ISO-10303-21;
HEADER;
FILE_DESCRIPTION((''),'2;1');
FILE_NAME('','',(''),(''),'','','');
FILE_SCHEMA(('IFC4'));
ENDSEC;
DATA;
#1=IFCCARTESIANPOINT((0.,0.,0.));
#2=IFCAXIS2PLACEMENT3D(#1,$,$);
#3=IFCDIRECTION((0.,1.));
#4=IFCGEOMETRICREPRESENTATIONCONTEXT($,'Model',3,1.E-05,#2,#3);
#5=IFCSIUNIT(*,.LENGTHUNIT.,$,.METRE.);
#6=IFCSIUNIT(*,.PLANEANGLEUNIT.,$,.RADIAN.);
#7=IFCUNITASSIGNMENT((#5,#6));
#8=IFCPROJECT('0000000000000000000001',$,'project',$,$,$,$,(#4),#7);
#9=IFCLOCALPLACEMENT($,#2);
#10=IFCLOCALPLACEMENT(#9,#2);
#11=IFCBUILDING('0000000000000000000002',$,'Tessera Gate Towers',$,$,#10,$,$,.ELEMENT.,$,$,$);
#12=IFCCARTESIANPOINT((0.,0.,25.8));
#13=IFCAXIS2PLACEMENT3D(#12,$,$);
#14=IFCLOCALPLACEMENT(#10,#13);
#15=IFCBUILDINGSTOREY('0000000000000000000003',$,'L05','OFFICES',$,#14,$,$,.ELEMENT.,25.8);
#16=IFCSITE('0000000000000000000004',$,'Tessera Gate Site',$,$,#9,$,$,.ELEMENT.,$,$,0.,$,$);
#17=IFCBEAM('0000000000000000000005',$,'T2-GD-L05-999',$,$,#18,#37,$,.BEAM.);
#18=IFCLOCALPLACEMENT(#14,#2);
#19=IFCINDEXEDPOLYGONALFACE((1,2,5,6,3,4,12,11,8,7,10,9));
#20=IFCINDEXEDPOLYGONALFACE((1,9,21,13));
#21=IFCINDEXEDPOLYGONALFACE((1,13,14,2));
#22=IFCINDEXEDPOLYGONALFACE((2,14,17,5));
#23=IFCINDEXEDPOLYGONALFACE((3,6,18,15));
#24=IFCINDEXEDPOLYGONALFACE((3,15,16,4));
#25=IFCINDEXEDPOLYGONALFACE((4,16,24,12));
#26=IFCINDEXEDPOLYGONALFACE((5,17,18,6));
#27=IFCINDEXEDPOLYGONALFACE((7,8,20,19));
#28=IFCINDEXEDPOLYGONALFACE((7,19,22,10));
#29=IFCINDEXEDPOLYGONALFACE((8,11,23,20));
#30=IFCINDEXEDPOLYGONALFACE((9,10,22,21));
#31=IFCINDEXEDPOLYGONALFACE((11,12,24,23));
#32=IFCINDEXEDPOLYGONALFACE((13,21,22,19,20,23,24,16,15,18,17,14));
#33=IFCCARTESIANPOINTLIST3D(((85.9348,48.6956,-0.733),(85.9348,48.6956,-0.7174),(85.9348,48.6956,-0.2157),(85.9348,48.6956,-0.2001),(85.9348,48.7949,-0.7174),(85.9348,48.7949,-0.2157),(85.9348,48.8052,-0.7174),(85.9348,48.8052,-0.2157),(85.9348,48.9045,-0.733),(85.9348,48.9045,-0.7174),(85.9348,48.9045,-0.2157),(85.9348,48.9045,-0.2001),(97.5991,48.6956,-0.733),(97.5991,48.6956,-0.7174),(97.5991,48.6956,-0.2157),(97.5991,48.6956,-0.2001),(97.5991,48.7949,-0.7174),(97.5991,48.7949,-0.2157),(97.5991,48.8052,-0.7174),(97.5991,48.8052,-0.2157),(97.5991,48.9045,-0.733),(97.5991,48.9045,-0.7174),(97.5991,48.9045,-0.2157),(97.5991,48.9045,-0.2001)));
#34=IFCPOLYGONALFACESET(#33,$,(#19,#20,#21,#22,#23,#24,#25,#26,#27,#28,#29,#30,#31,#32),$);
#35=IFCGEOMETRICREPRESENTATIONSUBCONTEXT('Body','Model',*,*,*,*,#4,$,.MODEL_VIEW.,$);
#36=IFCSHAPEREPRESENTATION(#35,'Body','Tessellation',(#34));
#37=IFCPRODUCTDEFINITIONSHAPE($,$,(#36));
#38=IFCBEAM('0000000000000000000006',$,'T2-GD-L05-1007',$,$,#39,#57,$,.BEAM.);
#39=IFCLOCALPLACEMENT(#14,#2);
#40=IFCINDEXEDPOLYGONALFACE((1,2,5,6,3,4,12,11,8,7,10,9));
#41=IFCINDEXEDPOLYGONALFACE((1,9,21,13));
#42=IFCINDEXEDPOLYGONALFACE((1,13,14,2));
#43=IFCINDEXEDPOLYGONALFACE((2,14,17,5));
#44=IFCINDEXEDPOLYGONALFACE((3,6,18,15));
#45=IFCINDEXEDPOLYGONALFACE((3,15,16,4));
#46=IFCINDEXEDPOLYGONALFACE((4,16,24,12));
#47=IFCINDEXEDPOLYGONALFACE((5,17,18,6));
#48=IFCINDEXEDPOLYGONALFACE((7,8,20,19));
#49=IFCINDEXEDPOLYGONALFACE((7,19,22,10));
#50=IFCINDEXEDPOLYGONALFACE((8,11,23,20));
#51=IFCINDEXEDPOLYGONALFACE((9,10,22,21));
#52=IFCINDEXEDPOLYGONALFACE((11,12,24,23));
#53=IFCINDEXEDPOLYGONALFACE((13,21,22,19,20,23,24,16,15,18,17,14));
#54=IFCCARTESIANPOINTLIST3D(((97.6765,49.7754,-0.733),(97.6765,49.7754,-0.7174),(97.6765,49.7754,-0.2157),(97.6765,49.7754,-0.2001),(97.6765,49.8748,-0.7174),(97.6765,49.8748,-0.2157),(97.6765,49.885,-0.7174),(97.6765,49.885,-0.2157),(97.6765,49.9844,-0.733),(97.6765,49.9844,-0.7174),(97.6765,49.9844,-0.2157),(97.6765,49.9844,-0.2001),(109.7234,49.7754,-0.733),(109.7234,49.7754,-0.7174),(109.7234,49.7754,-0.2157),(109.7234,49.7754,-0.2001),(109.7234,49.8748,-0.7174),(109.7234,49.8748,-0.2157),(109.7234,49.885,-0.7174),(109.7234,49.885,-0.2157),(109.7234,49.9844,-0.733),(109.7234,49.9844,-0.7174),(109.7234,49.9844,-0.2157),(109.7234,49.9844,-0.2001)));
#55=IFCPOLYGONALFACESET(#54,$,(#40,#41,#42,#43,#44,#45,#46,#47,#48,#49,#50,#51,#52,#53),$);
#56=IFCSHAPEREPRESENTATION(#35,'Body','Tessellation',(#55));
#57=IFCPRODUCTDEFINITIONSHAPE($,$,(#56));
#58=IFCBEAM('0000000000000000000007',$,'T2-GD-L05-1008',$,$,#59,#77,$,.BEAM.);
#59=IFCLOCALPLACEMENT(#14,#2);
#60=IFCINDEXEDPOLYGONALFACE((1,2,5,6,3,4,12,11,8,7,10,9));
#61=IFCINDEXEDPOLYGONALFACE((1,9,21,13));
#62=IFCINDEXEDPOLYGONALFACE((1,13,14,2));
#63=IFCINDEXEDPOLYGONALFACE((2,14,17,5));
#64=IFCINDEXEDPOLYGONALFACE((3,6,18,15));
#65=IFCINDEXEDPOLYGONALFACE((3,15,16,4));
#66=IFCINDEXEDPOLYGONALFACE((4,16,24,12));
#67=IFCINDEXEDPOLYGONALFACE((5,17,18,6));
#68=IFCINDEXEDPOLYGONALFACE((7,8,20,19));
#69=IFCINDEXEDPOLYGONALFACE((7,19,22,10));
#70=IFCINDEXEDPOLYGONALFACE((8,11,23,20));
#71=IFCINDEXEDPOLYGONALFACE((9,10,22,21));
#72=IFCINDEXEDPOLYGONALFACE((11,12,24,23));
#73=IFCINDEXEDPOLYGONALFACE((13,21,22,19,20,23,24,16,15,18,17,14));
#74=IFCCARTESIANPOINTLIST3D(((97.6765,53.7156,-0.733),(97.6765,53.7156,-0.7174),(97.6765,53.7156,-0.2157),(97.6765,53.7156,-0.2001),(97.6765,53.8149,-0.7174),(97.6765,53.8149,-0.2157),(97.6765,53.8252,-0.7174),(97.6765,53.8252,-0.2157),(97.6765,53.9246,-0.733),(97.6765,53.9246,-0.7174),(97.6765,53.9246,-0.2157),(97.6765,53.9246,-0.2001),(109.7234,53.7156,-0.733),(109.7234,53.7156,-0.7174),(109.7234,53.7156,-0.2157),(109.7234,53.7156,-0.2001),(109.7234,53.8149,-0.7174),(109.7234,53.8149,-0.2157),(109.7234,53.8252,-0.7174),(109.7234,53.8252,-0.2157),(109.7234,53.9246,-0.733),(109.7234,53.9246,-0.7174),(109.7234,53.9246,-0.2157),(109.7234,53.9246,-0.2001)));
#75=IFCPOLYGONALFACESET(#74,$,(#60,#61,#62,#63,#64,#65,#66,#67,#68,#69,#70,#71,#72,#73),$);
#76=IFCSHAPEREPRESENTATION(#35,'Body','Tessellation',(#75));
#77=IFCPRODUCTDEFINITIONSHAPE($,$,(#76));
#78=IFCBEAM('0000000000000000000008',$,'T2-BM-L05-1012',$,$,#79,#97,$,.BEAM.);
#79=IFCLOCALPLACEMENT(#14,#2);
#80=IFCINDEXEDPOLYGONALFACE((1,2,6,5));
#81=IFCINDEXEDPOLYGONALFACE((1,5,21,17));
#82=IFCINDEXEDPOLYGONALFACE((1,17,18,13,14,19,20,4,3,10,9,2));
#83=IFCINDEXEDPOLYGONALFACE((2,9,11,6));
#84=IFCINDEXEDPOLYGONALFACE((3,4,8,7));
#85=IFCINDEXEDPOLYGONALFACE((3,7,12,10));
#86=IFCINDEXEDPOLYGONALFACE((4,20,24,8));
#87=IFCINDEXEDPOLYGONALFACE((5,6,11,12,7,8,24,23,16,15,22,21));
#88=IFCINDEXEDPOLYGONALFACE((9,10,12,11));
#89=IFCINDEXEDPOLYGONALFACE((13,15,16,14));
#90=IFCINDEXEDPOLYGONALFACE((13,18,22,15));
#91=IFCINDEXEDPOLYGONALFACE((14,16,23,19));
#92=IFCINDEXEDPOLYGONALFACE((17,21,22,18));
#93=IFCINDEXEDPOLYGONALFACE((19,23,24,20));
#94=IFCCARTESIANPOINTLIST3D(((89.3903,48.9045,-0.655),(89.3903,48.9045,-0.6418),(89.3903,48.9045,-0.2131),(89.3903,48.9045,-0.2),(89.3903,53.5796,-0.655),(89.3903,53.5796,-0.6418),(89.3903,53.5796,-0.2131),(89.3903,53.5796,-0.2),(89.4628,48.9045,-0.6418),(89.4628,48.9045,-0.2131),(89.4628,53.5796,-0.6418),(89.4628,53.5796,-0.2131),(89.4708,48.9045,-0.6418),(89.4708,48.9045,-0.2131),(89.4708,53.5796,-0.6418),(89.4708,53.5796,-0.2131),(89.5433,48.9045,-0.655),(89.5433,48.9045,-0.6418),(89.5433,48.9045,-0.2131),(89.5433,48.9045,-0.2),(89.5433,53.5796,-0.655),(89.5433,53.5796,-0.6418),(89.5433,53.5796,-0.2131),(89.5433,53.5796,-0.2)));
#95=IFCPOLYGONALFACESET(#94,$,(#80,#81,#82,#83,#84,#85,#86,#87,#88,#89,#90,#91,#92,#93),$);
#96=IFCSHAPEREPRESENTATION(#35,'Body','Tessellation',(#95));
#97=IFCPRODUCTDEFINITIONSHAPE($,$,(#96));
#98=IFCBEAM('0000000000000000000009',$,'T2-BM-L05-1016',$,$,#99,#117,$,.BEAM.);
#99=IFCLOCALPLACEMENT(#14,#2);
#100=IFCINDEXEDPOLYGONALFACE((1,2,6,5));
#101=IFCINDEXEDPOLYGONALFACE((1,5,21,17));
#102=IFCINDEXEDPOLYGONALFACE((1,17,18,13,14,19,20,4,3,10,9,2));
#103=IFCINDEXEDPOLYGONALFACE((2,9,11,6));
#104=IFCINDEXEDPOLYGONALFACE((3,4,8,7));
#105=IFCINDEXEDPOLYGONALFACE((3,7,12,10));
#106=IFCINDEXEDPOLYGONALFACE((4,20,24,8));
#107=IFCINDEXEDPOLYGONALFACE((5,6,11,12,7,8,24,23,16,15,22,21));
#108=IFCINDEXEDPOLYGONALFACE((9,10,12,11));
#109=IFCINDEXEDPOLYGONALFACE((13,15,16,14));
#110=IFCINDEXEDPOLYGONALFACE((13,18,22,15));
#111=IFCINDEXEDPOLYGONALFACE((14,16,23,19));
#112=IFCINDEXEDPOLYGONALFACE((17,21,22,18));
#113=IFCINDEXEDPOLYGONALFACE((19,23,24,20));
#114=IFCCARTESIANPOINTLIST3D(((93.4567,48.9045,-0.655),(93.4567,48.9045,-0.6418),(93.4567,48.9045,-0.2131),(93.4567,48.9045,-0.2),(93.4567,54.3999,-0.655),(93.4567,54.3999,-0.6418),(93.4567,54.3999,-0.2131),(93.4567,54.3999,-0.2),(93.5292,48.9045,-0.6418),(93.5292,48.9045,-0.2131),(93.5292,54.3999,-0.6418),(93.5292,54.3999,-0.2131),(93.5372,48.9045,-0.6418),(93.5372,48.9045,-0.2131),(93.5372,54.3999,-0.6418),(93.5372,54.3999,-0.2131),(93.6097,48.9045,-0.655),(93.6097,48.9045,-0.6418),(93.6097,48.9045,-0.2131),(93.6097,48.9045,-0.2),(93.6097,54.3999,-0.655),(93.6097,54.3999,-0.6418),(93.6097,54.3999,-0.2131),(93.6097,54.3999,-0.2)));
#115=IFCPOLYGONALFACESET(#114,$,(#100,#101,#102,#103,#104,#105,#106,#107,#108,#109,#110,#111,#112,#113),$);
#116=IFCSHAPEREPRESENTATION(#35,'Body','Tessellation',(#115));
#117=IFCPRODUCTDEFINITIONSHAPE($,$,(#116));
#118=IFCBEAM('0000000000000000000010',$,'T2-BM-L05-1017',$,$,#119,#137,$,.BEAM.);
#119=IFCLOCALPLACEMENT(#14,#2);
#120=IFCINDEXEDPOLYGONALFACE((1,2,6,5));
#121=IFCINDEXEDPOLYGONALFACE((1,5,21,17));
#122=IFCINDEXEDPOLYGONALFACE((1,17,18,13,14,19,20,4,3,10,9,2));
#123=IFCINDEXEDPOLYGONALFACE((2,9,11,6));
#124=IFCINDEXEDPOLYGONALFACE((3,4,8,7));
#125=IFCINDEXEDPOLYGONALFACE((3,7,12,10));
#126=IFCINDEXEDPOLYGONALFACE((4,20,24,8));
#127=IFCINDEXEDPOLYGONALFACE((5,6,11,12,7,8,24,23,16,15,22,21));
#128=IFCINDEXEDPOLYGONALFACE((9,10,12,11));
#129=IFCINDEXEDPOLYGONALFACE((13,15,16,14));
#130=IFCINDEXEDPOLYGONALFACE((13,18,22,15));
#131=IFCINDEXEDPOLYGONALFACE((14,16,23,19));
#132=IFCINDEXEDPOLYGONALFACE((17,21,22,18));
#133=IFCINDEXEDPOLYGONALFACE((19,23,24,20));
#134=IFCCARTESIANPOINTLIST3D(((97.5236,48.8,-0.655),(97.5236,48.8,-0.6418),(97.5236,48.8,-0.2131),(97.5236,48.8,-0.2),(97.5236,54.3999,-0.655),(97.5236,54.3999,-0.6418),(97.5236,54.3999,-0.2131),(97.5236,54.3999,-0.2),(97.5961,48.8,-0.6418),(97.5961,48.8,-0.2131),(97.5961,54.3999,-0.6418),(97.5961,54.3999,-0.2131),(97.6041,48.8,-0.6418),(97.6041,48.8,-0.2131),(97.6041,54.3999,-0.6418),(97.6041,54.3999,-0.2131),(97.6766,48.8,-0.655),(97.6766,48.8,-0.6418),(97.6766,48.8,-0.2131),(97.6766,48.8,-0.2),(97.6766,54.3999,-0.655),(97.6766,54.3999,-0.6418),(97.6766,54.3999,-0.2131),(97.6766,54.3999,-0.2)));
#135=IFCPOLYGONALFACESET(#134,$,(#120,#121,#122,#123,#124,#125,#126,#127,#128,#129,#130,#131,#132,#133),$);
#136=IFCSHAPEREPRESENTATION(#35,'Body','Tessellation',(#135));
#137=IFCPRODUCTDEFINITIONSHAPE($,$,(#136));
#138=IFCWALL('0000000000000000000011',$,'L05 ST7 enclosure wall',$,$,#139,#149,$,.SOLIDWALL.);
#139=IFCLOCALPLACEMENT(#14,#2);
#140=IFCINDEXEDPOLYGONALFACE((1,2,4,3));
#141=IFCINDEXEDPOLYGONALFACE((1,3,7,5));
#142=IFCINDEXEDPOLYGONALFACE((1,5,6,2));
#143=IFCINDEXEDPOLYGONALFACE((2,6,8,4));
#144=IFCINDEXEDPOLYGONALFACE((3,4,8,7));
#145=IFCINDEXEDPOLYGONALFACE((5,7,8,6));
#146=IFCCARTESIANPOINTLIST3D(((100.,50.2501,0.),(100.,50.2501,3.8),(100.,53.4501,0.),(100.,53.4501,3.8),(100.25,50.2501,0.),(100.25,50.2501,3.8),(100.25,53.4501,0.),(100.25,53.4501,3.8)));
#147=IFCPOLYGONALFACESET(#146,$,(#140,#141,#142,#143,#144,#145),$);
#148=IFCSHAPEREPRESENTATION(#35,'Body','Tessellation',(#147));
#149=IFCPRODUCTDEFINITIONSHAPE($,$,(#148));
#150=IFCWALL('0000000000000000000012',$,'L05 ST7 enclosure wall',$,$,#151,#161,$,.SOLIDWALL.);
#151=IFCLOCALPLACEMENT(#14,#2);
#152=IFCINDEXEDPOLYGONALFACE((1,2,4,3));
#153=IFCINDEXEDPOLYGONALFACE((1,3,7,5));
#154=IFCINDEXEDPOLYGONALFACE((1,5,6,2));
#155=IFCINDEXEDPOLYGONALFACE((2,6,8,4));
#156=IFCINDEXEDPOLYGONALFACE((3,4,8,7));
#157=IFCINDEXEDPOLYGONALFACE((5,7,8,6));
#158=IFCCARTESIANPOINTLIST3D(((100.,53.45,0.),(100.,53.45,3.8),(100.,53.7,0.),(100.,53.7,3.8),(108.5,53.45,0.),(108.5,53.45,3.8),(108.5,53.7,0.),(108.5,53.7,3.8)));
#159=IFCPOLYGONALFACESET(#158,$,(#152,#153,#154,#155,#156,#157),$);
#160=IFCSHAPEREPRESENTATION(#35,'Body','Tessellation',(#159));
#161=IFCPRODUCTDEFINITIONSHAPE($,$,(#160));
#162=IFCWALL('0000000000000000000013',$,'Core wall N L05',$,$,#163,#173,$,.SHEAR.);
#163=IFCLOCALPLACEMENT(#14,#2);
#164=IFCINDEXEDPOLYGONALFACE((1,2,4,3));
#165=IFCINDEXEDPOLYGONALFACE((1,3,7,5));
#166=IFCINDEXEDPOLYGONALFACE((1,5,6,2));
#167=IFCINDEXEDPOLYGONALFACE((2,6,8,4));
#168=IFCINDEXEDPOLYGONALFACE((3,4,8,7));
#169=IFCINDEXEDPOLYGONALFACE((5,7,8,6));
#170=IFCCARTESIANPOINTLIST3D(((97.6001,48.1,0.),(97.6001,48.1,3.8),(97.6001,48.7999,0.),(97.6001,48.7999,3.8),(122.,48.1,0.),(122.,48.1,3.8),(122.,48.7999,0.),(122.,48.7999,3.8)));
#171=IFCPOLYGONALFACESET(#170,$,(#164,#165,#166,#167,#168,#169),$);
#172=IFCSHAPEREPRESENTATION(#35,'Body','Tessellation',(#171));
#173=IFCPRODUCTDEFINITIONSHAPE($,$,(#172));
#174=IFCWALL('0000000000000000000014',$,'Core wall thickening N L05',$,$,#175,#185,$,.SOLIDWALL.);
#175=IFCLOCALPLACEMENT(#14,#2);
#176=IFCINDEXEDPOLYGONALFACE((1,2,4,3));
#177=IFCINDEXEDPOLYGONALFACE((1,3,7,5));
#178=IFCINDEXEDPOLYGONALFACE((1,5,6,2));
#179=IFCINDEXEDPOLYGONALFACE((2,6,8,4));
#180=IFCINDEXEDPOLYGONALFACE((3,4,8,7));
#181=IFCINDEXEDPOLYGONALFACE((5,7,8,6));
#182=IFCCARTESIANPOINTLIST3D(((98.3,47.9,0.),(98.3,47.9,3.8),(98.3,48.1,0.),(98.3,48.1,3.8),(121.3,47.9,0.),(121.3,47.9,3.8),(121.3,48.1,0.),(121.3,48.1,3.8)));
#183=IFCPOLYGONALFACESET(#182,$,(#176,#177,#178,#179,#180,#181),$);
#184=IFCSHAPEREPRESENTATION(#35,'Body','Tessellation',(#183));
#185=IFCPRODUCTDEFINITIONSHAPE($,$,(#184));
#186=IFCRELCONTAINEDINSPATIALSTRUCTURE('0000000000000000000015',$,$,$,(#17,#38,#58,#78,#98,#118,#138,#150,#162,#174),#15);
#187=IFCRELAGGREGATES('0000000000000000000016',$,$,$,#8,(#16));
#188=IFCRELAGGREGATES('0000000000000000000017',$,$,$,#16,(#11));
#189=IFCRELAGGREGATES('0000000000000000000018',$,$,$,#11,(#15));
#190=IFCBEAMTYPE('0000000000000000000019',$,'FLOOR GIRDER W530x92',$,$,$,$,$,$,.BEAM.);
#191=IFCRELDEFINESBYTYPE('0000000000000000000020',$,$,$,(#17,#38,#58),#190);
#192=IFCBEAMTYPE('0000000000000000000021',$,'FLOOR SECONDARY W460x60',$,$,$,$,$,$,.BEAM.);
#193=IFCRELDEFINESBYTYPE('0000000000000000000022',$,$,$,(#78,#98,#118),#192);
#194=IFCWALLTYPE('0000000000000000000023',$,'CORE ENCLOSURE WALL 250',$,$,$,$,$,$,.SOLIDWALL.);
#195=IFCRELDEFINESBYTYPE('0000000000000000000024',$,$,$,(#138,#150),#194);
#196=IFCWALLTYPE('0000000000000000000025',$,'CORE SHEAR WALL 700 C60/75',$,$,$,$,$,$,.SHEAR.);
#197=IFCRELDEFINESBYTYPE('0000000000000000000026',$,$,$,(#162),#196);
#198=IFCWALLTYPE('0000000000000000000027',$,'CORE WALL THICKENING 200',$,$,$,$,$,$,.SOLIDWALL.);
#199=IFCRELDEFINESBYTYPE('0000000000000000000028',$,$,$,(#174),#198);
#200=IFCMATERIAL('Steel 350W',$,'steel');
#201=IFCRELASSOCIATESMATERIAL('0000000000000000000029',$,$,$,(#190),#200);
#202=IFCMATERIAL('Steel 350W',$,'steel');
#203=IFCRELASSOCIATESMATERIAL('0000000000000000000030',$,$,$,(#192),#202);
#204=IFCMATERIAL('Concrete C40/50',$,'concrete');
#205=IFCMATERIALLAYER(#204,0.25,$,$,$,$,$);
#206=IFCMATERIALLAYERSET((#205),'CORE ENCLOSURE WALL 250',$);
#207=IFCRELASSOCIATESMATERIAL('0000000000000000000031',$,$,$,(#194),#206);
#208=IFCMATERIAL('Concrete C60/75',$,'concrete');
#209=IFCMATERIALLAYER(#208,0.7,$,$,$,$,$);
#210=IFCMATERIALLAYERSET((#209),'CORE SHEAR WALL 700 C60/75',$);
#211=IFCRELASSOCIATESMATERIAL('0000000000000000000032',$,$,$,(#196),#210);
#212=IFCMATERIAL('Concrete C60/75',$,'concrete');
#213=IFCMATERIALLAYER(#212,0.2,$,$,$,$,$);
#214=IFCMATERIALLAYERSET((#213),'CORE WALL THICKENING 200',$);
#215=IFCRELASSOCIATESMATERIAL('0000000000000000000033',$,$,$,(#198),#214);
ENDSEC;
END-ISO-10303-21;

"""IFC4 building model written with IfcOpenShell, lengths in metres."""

from ifc_helpers import new_model, si_unit, direction, frame, frame_2d, origin, origin_2d, place, context, subcontext, project, spatial, rectangle, i_section, extrude, material, layer, layer_set, material_profile, profile_set, type_object, element, save


model = new_model("IFC4")

# Units and contexts
model_context = context("Model", 3, precision=1e-05, world=origin(), true_north=direction((0.0, 1.0)))
body_context = subcontext(model_context, "Body", "Model", "MODEL_VIEW")
ifc_project = project(units=[si_unit("LENGTHUNIT", "METRE"), si_unit("PLANEANGLEUNIT", "RADIAN")], contexts=[model_context])

# Site, building, storey
site_placement = place(None, origin())
site = spatial("IfcSite", under=ifc_project, at=site_placement, Name="Tessera Gate Site", CompositionType="ELEMENT", RefElevation=0.0)
building_placement = place(site_placement, origin())
building = spatial("IfcBuilding", under=site, at=building_placement, Name="Tessera Gate Towers", CompositionType="ELEMENT")
storey_placement = place(building_placement, frame((0.0, 0.0, 25.8)))
storey = spatial("IfcBuildingStorey", under=building, at=storey_placement, Name="L05", Description="OFFICES", CompositionType="ELEMENT", Elevation=25.8)

# Beams
ifc_material_1 = material(Name="Steel 350W", Category="steel")
ifc_material_profile_1 = material_profile(ifc_material_1, i_section(OverallWidth=0.209, OverallDepth=0.533, WebThickness=0.0103, FlangeThickness=0.0156, at=origin_2d()), Name="W530x92")
ifc_profile_set_1 = profile_set([ifc_material_profile_1], Name="Steel 350W")
beam_type_1 = type_object("IfcBeamType", Name="FLOOR GIRDER W530x92", PredefinedType="BEAM", material=ifc_profile_set_1)
beam_1_placement = place(storey_placement, frame((85.9348, 48.8, -0.4666), z_axis=(1.0, 0.0, 0.0), x_axis=(0.0, 1.0, 0.0)))
element("IfcBeam", 1, at=beam_1_placement, inside=storey, type_object=beam_type_1, Name="T2-GD-L05-999", PredefinedType="BEAM", context=body_context, shape_type="SweptSolid", body=[
    extrude(i_section(OverallWidth=0.209, OverallDepth=0.533, WebThickness=0.0103, FlangeThickness=0.0156, at=origin_2d()), origin(), (0.0, 0.0, 1.0), 11.6643),
])
for number, where, z_axis, x_axis, name in (
    (2, (97.6765, 49.8799, -0.4666), (1.0, 0.0, 0.0), (0.0, 1.0, 0.0), "T2-GD-L05-1007"),
    (3, (97.6765, 53.8201, -0.4666), (1.0, 0.0, 0.0), (0.0, 1.0, 0.0), "T2-GD-L05-1008"),
):
    element("IfcBeam", number, at=place(storey_placement, frame(where, z_axis=z_axis, x_axis=x_axis)), inside=storey, type_object=beam_type_1, Name=name, PredefinedType="BEAM", context=body_context, shape_type="SweptSolid", body=[
        extrude(i_section(OverallWidth=0.209, OverallDepth=0.533, WebThickness=0.0103, FlangeThickness=0.0156, at=origin_2d()), origin(), (0.0, 0.0, 1.0), 12.0469),
    ])
ifc_material_2 = material(Name="Steel 350W", Category="steel")
ifc_material_profile_2 = material_profile(ifc_material_2, i_section(OverallWidth=0.1531, OverallDepth=0.4551, WebThickness=0.0081, FlangeThickness=0.0132, at=origin_2d()), Name="W460x60")
ifc_profile_set_2 = profile_set([ifc_material_profile_2], Name="Steel 350W")
beam_type_2 = type_object("IfcBeamType", Name="FLOOR SECONDARY W460x60", PredefinedType="BEAM", material=ifc_profile_set_2)
beam_2_placement = place(storey_placement, frame((89.4668, 48.9045, -0.4275), z_axis=(0.0, 1.0, 0.0), x_axis=(-1.0, 0.0, 0.0)))
element("IfcBeam", 4, at=beam_2_placement, inside=storey, type_object=beam_type_2, Name="T2-BM-L05-1012", PredefinedType="BEAM", context=body_context, shape_type="SweptSolid", body=[
    extrude(i_section(OverallWidth=0.1531, OverallDepth=0.4551, WebThickness=0.0081, FlangeThickness=0.0132, at=origin_2d()), origin(), (0.0, 0.0, 1.0), 4.675),
])
beam_3_placement = place(storey_placement, frame((93.5332, 48.9045, -0.4275), z_axis=(0.0, 1.0, 0.0), x_axis=(-1.0, 0.0, 0.0)))
element("IfcBeam", 5, at=beam_3_placement, inside=storey, type_object=beam_type_2, Name="T2-BM-L05-1016", PredefinedType="BEAM", context=body_context, shape_type="SweptSolid", body=[
    extrude(i_section(OverallWidth=0.1531, OverallDepth=0.4551, WebThickness=0.0081, FlangeThickness=0.0132, at=origin_2d()), origin(), (0.0, 0.0, 1.0), 5.4954),
])
beam_4_placement = place(storey_placement, frame((97.6001, 48.8, -0.4275), z_axis=(0.0, 1.0, 0.0), x_axis=(-1.0, 0.0, 0.0)))
element("IfcBeam", 6, at=beam_4_placement, inside=storey, type_object=beam_type_2, Name="T2-BM-L05-1017", PredefinedType="BEAM", context=body_context, shape_type="SweptSolid", body=[
    extrude(i_section(OverallWidth=0.1531, OverallDepth=0.4551, WebThickness=0.0081, FlangeThickness=0.0132, at=origin_2d()), origin(), (0.0, 0.0, 1.0), 5.5999),
])

# Walls
ifc_material_3 = material(Name="Concrete C40/50", Category="concrete")
ifc_layer_1 = layer(ifc_material_3, 0.25)
ifc_layer_set_1 = layer_set([ifc_layer_1], Name="CORE ENCLOSURE WALL 250")
wall_type_1 = type_object("IfcWallType", Name="CORE ENCLOSURE WALL 250", PredefinedType="SOLIDWALL", material=ifc_layer_set_1)
wall_1_placement = place(storey_placement, frame((100.125, 50.25, 0.0), z_axis=(0.0, 0.0, 1.0), x_axis=(0.0, 1.0, 0.0)))
element("IfcWall", 7, at=wall_1_placement, inside=storey, type_object=wall_type_1, Name="L05 ST7 enclosure wall", PredefinedType="SOLIDWALL", context=body_context, shape_type="SweptSolid", body=[
    extrude(rectangle(XDim=3.2, YDim=0.25, at=frame_2d((1.6001, 0.0))), origin(), (0.0, 0.0, 1.0), 3.8),
])
wall_2_placement = place(storey_placement, frame((100.0, 53.575, 0.0), z_axis=(0.0, 0.0, 1.0), x_axis=(1.0, 0.0, 0.0)))
element("IfcWall", 8, at=wall_2_placement, inside=storey, type_object=wall_type_1, Name="L05 ST7 enclosure wall", PredefinedType="SOLIDWALL", context=body_context, shape_type="SweptSolid", body=[
    extrude(rectangle(XDim=8.5, YDim=0.25, at=frame_2d((4.25, 0.0))), origin(), (0.0, 0.0, 1.0), 3.8),
])
ifc_material_4 = material(Name="Concrete C60/75", Category="concrete")
ifc_layer_2 = layer(ifc_material_4, 0.7)
ifc_layer_set_2 = layer_set([ifc_layer_2], Name="CORE SHEAR WALL 700 C60/75")
wall_type_2 = type_object("IfcWallType", Name="CORE SHEAR WALL 700 C60/75", PredefinedType="SHEAR", material=ifc_layer_set_2)
wall_3_placement = place(storey_placement, frame((97.6001, 48.45, 0.0), z_axis=(0.0, 0.0, 1.0), x_axis=(1.0, 0.0, 0.0)))
element("IfcWall", 9, at=wall_3_placement, inside=storey, type_object=wall_type_2, Name="Core wall N L05", PredefinedType="SHEAR", context=body_context, shape_type="SweptSolid", body=[
    extrude(rectangle(XDim=24.3999, YDim=0.7, at=frame_2d((12.2, 0.0))), origin(), (0.0, 0.0, 1.0), 3.8),
])
ifc_material_5 = material(Name="Concrete C60/75", Category="concrete")
ifc_layer_3 = layer(ifc_material_5, 0.2)
ifc_layer_set_3 = layer_set([ifc_layer_3], Name="CORE WALL THICKENING 200")
wall_type_3 = type_object("IfcWallType", Name="CORE WALL THICKENING 200", PredefinedType="SOLIDWALL", material=ifc_layer_set_3)
wall_4_placement = place(storey_placement, frame((98.3, 48.0, 0.0), z_axis=(0.0, 0.0, 1.0), x_axis=(1.0, 0.0, 0.0)))
element("IfcWall", 10, at=wall_4_placement, inside=storey, type_object=wall_type_3, Name="Core wall thickening N L05", PredefinedType="SOLIDWALL", context=body_context, shape_type="SweptSolid", body=[
    extrude(rectangle(XDim=23.0, YDim=0.2, at=frame_2d((11.5, 0.0))), origin(), (0.0, 0.0, 1.0), 3.8),
])

save(model, "model.ifc")
